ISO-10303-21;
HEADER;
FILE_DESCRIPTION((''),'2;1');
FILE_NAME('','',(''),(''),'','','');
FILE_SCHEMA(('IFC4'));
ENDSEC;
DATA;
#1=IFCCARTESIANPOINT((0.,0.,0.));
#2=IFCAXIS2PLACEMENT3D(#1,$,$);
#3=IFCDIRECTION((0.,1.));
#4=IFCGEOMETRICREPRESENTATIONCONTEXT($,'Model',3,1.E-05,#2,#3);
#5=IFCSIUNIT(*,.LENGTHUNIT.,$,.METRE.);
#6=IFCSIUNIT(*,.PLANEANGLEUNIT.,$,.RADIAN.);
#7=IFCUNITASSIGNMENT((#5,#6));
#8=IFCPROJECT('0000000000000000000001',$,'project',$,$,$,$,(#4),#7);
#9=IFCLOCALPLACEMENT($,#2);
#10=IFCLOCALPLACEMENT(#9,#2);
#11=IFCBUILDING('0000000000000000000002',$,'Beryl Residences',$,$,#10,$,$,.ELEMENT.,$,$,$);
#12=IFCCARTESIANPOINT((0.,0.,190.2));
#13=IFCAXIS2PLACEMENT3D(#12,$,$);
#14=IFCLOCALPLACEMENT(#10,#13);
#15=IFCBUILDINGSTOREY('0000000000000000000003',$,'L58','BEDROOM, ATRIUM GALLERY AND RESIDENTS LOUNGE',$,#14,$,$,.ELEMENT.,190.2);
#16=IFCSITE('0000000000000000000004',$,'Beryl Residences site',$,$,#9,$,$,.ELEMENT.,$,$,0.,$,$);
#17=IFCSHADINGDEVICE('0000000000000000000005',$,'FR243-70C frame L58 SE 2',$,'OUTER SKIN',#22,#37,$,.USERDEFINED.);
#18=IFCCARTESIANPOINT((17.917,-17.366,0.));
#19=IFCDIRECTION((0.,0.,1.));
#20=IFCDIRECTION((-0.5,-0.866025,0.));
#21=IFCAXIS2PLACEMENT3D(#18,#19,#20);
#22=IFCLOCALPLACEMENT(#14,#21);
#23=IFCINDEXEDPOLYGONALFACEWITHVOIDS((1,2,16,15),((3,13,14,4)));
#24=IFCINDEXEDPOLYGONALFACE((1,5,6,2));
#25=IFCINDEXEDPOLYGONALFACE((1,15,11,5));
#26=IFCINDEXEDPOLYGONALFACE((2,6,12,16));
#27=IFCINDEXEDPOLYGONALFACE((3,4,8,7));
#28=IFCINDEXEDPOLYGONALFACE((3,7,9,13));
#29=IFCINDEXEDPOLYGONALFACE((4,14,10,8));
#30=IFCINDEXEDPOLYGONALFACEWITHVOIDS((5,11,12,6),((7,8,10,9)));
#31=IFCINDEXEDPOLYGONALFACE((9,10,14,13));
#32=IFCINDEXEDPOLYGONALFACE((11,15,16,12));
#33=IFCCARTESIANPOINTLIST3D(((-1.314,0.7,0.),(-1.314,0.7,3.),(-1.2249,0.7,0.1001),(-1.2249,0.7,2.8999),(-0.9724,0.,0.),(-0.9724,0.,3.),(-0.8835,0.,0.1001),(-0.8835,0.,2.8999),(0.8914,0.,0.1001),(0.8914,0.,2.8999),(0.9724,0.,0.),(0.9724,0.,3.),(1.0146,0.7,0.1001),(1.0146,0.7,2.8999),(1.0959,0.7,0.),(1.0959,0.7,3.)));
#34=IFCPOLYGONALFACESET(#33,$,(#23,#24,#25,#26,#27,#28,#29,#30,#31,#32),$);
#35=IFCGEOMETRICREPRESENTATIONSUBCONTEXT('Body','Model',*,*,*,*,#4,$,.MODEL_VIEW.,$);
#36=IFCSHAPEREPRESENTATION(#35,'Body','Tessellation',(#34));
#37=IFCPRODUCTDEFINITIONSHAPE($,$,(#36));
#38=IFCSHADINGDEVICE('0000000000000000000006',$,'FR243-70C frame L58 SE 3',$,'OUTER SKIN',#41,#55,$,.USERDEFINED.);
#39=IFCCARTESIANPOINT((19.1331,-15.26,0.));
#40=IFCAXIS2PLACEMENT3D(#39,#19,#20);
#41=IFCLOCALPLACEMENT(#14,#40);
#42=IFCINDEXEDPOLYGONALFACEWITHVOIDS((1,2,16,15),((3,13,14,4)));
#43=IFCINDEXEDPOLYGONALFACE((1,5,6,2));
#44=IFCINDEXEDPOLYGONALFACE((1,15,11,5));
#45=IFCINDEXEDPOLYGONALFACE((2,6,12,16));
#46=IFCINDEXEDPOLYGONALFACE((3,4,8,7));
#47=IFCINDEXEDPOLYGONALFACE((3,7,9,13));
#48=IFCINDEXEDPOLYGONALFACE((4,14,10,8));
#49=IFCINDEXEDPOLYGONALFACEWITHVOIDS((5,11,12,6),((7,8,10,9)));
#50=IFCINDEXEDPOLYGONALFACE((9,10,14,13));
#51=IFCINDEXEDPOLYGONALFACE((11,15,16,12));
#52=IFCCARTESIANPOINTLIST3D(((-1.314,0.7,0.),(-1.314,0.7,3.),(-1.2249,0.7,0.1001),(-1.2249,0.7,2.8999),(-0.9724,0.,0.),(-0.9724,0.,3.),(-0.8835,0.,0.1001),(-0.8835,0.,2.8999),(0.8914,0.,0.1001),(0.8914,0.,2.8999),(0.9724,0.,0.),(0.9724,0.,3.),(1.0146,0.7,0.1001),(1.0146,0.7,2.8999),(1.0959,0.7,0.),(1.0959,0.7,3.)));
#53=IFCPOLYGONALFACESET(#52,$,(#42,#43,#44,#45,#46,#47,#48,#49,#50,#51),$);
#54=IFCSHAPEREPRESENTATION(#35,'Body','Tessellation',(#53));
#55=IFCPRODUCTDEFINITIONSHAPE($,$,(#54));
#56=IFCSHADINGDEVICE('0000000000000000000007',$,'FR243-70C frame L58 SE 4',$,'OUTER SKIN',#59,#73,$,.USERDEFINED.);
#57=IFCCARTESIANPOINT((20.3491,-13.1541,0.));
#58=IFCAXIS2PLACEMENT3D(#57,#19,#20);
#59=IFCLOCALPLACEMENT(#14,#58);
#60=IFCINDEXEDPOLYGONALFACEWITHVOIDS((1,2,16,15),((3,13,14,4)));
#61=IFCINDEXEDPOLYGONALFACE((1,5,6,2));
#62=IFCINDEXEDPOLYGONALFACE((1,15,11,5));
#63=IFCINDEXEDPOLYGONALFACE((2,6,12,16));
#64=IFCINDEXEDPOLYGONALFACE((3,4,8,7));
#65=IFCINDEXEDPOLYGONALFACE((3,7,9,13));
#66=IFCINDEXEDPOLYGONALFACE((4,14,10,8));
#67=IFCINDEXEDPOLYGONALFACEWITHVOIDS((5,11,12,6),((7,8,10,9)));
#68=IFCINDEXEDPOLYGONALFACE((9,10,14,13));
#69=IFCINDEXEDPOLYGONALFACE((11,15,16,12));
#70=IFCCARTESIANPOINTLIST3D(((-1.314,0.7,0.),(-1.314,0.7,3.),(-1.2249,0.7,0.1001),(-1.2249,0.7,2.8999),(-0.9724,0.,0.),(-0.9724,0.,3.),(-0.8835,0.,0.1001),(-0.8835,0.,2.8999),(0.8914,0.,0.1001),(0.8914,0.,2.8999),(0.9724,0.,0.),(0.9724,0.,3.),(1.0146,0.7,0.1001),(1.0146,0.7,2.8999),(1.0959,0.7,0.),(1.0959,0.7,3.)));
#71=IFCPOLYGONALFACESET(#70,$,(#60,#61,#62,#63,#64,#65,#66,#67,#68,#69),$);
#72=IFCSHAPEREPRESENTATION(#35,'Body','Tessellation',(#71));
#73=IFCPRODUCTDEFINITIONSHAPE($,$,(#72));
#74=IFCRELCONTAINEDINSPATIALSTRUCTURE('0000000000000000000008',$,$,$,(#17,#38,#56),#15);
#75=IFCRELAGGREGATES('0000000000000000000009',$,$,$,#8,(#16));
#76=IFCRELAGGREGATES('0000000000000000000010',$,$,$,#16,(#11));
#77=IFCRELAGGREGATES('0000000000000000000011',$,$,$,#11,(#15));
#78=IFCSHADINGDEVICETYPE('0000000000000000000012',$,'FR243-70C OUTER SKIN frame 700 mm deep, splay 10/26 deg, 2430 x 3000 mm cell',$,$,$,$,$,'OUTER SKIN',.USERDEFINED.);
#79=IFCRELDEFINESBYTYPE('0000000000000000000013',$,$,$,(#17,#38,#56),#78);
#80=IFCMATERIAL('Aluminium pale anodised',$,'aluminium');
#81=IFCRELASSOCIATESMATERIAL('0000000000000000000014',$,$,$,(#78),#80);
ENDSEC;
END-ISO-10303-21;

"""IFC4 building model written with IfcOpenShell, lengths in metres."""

from ifc_helpers import new_model, entity, si_unit, direction, frame, origin, place, context, subcontext, project, spatial, source, transform, mapped, material, type_object, type_shapes, element, save


model = new_model("IFC4")

# Units and contexts
model_context = context("Model", 3, precision=1e-05, world=origin(), true_north=direction((0.0, 1.0)))
body_context = subcontext(model_context, "Body", "Model", "MODEL_VIEW")
ifc_project = project(units=[si_unit("LENGTHUNIT", "METRE"), si_unit("PLANEANGLEUNIT", "RADIAN")], contexts=[model_context])

# Site, building, storey
site_placement = place(None, origin())
site = spatial("IfcSite", under=ifc_project, at=site_placement, Name="Beryl Residences site", CompositionType="ELEMENT", RefElevation=0.0)
building_placement = place(site_placement, origin())
building = spatial("IfcBuilding", under=site, at=building_placement, Name="Beryl Residences", CompositionType="ELEMENT")
storey_placement = place(building_placement, frame((0.0, 0.0, 190.2)))
storey = spatial("IfcBuildingStorey", under=building, at=storey_placement, Name="L58", Description="BEDROOM, ATRIUM GALLERY AND RESIDENTS LOUNGE", CompositionType="ELEMENT", Elevation=190.2)

# Shading devices
ifc_material_1 = material(Name="Aluminium pale anodised", Category="aluminium")
shading_device_type = type_object("IfcShadingDeviceType", Name="FR243-70C OUTER SKIN frame 700 mm deep, splay 10/26 deg, 2430 x 3000 mm cell", ElementType="OUTER SKIN", PredefinedType="USERDEFINED", material=ifc_material_1)
cartesian_point_1 = entity("IfcCartesianPoint", [-0.9724, 0.0])
cartesian_point_2 = entity("IfcCartesianPoint", [-0.8914, 0.1001])
cartesian_point_3 = entity("IfcCartesianPoint", [-1.0959, 0.0])
cartesian_point_4 = entity("IfcCartesianPoint", [-1.0146, 0.1001])
shared_shape = source(origin(), body_context, "Body", "SweptSolid", [
    entity("IfcExtrudedAreaSolidTapered", entity("IfcArbitraryProfileDefWithVoids", "AREA", None, entity("IfcPolyline", [cartesian_point_1, entity("IfcCartesianPoint", [0.9724, 0.0]), entity("IfcCartesianPoint", [0.9724, 3.0]), entity("IfcCartesianPoint", [-0.9724, 3.0]), cartesian_point_1]), [entity("IfcPolyline", [cartesian_point_2, entity("IfcCartesianPoint", [0.8835, 0.1001]), entity("IfcCartesianPoint", [0.8835, 2.8999]), entity("IfcCartesianPoint", [-0.8914, 2.8999]), cartesian_point_2])]), entity("IfcAxis2Placement3D", entity("IfcCartesianPoint", [0.0, 0.0, 0.0]), entity("IfcDirection", [0.0, 1.0, 0.0]), entity("IfcDirection", [-1.0, 0.0, 0.0])), entity("IfcDirection", [0.0, 0.0, 1.0]), 0.7, entity("IfcArbitraryProfileDefWithVoids", "AREA", None, entity("IfcPolyline", [cartesian_point_3, entity("IfcCartesianPoint", [1.314, 0.0]), entity("IfcCartesianPoint", [1.314, 3.0]), entity("IfcCartesianPoint", [-1.0959, 3.0]), cartesian_point_3]), [entity("IfcPolyline", [cartesian_point_4, entity("IfcCartesianPoint", [1.2249, 0.1001]), entity("IfcCartesianPoint", [1.2249, 2.8999]), entity("IfcCartesianPoint", [-1.0146, 2.8999]), cartesian_point_4])])),
])
type_shapes(shading_device_type, [shared_shape])
for number, where, z_axis, x_axis, name in (
    (1, (17.917, -17.366, 0.0), (0.0, 0.0, 1.0), (-0.5, -0.866025, 0.0), "FR243-70C frame L58 SE 2"),
    (2, (19.1331, -15.26, 0.0), (0.0, 0.0, 1.0), (-0.5, -0.866025, 0.0), "FR243-70C frame L58 SE 3"),
    (3, (20.3491, -13.1541, 0.0), (0.0, 0.0, 1.0), (-0.5, -0.866025, 0.0), "FR243-70C frame L58 SE 4"),
):
    element("IfcShadingDevice", number, at=place(storey_placement, frame(where, z_axis=z_axis, x_axis=x_axis)), inside=storey, type_object=shading_device_type, Name=name, ObjectType="OUTER SKIN", PredefinedType="USERDEFINED", context=body_context, shape_type="MappedRepresentation", body=[
        mapped(shared_shape, transform((0.0, 0.0, 0.0))),
    ])

save(model, "model.ifc")
